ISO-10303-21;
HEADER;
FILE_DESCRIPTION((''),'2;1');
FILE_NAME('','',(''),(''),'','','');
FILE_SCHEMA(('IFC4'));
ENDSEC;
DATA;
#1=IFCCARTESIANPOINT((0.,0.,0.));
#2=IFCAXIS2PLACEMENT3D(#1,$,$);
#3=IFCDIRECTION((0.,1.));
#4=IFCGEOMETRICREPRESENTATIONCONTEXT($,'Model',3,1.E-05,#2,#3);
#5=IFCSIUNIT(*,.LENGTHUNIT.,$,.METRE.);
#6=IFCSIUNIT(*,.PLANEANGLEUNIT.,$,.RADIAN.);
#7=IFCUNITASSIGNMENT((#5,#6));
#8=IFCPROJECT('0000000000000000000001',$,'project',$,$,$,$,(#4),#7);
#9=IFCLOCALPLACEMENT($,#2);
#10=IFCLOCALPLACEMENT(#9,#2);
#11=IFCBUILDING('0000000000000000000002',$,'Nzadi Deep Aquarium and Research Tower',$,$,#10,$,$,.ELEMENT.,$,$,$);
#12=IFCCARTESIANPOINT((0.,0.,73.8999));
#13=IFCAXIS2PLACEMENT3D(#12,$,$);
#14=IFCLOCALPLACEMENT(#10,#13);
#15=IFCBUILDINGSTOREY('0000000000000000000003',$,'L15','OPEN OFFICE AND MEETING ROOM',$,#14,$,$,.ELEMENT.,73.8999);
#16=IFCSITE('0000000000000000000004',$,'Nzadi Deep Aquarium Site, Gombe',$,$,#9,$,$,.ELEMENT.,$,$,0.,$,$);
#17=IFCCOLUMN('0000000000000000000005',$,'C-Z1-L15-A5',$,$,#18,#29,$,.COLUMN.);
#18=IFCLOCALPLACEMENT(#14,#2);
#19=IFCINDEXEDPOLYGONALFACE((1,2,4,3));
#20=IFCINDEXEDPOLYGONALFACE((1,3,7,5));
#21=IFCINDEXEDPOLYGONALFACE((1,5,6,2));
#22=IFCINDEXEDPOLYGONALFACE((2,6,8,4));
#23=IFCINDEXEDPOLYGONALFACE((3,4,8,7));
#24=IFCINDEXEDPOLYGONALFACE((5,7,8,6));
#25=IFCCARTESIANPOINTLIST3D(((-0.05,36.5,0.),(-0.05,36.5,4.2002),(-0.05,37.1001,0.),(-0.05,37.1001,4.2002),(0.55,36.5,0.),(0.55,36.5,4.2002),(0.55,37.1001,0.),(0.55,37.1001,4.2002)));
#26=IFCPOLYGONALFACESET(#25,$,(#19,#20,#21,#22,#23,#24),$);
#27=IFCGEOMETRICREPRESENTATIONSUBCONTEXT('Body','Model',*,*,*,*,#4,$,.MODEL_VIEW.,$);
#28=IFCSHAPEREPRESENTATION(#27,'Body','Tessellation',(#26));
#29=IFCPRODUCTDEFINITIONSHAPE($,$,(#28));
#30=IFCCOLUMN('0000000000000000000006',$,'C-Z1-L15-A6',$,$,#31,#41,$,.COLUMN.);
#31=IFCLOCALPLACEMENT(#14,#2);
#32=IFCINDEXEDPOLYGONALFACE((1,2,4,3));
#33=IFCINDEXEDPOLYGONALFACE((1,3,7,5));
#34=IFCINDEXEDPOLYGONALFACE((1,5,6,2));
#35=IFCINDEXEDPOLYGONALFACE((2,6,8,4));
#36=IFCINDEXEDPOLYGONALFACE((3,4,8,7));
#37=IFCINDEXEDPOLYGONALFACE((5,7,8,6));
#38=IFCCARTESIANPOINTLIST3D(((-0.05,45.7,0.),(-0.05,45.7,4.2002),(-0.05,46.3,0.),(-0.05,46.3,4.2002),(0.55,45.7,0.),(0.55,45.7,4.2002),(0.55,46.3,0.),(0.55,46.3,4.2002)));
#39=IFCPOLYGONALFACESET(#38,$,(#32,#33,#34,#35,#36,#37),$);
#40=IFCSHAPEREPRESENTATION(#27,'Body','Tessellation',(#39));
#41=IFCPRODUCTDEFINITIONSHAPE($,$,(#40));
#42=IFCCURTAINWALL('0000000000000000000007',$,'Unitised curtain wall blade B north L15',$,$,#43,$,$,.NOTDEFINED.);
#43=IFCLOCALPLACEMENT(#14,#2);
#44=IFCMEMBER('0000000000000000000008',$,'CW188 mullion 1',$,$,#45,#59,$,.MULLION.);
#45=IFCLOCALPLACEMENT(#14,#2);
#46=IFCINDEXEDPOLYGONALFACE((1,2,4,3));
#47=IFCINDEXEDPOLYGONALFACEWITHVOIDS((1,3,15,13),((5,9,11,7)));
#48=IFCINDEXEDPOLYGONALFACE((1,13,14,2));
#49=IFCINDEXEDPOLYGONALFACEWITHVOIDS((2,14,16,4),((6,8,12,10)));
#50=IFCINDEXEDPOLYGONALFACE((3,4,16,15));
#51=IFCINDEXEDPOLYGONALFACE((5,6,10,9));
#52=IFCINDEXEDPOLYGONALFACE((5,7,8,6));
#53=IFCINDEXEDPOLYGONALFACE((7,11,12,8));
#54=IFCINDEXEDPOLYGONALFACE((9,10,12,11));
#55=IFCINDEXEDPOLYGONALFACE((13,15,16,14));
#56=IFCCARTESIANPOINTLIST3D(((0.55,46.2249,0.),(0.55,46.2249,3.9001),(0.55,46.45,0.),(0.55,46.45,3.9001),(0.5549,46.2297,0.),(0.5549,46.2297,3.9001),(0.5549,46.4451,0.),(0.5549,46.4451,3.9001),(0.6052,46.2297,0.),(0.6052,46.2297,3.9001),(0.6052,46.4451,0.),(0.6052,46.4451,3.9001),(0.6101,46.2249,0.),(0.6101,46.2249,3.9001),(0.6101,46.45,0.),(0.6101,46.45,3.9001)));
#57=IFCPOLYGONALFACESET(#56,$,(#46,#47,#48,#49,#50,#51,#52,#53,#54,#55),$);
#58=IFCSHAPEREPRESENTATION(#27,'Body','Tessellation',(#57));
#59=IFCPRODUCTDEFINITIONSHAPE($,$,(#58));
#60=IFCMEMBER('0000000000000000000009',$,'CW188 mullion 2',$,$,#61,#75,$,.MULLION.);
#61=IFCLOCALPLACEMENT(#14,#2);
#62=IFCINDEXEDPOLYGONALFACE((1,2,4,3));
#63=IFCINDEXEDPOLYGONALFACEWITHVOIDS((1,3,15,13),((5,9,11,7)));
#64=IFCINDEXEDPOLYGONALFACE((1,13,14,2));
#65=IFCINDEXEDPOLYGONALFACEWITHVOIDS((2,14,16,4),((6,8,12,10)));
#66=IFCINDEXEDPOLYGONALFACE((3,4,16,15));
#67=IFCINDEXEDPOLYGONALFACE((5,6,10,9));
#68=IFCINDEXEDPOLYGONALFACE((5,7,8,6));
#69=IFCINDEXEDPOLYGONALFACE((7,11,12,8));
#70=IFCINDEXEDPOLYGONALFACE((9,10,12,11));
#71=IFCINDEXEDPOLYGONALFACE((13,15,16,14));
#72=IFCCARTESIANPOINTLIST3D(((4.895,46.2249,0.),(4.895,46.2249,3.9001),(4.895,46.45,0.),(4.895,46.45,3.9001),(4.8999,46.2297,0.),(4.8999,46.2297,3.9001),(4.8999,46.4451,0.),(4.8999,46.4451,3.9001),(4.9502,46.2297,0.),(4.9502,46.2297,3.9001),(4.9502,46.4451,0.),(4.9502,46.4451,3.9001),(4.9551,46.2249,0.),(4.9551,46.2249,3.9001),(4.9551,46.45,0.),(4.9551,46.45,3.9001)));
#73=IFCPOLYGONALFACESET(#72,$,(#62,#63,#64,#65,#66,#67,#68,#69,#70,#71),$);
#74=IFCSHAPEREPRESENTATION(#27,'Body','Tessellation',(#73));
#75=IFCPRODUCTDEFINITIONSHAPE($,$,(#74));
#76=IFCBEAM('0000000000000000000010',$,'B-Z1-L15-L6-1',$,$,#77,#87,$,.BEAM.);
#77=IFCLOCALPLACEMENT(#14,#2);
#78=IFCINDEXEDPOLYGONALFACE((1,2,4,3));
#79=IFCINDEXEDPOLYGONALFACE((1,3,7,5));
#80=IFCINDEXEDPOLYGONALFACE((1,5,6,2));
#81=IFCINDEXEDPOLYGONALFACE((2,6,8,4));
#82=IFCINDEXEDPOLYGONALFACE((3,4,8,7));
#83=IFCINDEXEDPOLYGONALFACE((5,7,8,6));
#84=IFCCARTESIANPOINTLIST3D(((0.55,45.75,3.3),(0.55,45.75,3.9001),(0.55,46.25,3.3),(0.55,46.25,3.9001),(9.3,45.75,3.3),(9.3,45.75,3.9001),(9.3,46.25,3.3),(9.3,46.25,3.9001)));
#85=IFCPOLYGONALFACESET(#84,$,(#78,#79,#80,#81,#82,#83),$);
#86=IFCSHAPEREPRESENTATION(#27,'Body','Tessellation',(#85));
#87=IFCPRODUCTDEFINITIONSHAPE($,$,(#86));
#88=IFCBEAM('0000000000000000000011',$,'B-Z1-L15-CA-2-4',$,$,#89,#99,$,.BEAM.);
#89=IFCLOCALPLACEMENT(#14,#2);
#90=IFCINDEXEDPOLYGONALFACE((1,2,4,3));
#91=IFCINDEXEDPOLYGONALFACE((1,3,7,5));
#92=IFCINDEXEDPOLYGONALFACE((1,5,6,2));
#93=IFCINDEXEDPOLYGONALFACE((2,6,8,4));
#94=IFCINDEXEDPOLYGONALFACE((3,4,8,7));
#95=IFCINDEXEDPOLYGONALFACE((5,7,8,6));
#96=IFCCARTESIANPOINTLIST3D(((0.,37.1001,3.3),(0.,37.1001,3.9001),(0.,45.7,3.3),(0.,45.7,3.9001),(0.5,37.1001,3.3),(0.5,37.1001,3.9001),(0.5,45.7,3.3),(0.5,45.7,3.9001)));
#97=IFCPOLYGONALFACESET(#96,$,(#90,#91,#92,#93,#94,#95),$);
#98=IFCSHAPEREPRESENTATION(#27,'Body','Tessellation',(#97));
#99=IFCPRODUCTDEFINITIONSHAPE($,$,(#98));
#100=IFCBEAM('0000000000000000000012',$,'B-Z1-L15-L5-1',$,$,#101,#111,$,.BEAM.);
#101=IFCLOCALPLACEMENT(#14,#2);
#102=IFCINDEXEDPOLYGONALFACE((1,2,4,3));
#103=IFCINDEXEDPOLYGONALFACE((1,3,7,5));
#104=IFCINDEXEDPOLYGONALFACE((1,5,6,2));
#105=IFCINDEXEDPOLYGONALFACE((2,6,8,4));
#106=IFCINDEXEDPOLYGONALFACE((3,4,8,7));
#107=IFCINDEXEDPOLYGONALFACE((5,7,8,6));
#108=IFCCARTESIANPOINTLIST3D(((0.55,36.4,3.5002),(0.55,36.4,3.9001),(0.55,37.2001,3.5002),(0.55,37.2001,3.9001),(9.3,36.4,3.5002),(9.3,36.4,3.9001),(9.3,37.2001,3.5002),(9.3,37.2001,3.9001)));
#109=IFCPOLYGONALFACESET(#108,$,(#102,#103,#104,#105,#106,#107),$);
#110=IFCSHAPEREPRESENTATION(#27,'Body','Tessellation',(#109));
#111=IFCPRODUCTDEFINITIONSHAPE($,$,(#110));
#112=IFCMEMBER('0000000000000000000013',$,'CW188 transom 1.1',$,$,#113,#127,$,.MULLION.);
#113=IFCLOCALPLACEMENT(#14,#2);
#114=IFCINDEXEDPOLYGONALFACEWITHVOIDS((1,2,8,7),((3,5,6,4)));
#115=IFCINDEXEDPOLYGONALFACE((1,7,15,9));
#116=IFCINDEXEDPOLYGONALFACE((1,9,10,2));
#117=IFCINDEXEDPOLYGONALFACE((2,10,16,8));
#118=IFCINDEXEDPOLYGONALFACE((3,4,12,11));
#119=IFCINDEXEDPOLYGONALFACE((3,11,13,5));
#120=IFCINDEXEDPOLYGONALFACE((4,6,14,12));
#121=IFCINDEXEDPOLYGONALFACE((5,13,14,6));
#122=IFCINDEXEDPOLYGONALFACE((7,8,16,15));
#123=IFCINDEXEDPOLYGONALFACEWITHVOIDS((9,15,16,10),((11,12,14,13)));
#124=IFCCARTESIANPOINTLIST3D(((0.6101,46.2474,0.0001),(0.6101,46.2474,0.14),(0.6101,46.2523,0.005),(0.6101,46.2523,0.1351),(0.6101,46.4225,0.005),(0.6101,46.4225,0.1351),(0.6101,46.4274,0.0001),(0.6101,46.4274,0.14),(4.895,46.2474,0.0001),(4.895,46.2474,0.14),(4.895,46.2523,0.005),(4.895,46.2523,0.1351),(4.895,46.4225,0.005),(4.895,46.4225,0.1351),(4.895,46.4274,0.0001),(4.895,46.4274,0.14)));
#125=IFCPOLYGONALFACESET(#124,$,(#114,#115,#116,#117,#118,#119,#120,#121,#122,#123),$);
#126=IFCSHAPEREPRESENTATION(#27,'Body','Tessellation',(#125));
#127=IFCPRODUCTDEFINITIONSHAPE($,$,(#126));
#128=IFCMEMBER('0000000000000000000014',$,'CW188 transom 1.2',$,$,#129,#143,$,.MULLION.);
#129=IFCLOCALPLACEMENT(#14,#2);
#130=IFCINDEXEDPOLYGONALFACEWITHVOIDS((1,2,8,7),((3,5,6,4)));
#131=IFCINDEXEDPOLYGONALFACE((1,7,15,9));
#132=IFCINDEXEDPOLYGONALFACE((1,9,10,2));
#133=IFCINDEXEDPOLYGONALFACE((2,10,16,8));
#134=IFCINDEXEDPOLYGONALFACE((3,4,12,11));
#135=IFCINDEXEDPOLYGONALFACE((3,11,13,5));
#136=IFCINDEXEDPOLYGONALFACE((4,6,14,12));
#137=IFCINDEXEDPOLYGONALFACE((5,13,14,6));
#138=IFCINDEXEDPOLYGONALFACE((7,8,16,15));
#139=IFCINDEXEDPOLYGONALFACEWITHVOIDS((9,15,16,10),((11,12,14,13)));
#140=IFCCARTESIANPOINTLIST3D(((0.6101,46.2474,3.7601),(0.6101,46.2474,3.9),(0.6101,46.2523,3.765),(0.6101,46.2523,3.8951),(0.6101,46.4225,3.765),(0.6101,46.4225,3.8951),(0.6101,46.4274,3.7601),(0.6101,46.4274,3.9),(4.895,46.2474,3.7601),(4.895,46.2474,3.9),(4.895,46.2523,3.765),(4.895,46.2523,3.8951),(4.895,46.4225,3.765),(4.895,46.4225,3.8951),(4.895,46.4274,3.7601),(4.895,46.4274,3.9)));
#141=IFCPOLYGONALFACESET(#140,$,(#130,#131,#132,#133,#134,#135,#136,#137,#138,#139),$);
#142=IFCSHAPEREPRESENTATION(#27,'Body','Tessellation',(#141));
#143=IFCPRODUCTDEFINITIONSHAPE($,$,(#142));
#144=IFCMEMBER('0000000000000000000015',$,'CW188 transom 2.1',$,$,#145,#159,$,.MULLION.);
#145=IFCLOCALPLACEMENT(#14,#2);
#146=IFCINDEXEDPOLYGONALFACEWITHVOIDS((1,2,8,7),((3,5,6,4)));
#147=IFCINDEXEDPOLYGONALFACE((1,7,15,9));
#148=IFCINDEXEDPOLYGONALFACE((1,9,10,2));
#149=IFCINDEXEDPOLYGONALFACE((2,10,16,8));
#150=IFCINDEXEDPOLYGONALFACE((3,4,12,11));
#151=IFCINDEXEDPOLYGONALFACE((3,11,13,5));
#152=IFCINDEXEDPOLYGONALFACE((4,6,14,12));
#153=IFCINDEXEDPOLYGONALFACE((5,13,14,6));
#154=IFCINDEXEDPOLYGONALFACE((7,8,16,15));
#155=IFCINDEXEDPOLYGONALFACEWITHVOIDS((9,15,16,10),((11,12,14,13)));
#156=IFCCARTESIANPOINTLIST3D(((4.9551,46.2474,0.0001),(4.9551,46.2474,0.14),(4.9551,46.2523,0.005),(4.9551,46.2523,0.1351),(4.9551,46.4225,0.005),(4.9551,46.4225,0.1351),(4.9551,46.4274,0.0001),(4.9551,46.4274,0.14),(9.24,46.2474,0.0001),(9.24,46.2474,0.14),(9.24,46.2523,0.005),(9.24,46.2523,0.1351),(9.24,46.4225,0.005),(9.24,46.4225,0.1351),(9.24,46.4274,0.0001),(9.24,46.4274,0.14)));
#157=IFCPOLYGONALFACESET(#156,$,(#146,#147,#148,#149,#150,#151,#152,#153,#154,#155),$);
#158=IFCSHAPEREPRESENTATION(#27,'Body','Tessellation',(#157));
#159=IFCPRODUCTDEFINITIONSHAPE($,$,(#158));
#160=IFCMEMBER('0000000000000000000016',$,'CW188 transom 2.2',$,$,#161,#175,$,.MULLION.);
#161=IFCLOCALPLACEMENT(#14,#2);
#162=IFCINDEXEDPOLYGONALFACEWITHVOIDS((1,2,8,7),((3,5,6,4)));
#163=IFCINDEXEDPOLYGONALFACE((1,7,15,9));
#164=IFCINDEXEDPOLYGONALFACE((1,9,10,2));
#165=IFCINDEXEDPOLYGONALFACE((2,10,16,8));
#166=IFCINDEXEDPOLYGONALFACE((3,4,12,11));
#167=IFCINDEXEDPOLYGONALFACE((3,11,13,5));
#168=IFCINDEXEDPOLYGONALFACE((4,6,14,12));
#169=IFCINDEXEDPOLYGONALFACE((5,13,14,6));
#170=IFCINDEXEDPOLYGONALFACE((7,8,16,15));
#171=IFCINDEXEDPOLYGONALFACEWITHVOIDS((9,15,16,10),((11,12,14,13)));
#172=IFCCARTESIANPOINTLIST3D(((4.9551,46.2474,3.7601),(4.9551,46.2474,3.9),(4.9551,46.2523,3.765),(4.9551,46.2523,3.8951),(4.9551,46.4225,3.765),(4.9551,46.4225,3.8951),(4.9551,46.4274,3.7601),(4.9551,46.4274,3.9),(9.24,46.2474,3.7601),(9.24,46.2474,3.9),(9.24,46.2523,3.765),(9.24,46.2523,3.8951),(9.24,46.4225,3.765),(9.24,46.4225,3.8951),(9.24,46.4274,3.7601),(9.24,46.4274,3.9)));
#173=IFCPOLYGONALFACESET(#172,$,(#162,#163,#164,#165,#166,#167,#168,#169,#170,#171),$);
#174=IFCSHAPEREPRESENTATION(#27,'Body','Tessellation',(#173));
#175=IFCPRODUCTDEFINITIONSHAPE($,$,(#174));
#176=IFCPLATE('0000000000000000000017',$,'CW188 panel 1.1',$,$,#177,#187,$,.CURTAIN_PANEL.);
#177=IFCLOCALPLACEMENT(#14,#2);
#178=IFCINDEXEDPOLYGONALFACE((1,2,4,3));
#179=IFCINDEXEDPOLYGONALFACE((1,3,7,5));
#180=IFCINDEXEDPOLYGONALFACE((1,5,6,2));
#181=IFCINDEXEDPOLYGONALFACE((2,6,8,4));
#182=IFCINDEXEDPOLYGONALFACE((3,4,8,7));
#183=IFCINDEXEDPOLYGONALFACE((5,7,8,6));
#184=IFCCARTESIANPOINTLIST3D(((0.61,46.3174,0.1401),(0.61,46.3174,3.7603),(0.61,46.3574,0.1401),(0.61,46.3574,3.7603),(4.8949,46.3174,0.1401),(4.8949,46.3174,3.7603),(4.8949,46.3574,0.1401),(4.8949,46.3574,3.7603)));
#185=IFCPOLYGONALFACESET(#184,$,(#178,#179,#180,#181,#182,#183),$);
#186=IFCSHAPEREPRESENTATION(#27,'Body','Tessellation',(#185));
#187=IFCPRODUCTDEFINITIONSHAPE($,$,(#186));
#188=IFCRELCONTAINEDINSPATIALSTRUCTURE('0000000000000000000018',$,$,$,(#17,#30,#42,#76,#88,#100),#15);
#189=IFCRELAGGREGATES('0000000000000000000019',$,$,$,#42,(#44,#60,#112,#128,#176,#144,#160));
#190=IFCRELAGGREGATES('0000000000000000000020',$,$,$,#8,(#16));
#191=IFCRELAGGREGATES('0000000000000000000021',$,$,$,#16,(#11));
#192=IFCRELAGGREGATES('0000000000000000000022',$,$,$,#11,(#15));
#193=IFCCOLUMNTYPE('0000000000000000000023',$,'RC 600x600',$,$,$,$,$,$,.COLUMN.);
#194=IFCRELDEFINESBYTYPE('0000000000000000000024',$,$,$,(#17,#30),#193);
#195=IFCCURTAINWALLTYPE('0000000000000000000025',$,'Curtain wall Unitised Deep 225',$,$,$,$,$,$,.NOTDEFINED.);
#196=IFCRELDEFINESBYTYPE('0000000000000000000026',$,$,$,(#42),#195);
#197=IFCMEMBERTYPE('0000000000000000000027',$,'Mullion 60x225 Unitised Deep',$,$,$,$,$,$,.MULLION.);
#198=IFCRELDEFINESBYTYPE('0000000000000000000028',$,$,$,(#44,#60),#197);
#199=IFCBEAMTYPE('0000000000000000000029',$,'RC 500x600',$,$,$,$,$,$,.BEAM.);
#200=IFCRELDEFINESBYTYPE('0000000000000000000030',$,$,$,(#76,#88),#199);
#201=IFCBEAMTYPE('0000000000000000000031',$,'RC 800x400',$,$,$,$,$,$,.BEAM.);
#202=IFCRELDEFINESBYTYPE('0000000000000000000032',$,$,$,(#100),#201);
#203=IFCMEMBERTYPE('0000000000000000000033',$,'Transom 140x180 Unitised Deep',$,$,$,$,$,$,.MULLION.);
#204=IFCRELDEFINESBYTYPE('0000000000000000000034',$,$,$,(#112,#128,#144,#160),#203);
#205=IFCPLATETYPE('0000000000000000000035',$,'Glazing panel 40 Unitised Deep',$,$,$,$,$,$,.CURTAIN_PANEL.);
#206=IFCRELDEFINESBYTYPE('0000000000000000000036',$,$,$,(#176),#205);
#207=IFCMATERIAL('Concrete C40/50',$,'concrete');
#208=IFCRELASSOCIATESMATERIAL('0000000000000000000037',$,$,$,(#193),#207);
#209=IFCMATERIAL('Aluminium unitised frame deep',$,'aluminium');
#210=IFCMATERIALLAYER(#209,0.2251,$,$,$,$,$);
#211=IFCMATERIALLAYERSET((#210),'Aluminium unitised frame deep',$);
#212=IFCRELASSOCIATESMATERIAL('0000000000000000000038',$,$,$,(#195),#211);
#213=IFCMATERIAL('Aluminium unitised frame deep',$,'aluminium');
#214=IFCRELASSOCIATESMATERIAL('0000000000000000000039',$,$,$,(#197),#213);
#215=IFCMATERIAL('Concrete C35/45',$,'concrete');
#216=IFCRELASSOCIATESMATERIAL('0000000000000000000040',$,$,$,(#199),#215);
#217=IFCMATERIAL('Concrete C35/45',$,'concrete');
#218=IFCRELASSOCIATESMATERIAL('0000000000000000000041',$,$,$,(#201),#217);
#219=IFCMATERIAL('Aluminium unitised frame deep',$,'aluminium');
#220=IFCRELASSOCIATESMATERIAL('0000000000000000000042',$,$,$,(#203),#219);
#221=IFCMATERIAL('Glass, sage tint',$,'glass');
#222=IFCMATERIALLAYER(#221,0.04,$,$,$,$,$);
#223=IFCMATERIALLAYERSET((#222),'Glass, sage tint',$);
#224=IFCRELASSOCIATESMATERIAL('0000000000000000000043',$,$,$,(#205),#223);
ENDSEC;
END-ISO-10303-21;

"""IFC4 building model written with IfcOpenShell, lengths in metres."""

from ifc_helpers import new_model, si_unit, direction, frame, origin, origin_2d, place, context, subcontext, project, spatial, rectangle, hollow_rectangle, extrude, material, layer, layer_set, material_profile, profile_set, type_object, element, aggregate, save


model = new_model("IFC4")

# Units and contexts
model_context = context("Model", 3, precision=1e-05, world=origin(), true_north=direction((0.0, 1.0)))
body_context = subcontext(model_context, "Body", "Model", "MODEL_VIEW")
ifc_project = project(units=[si_unit("LENGTHUNIT", "METRE"), si_unit("PLANEANGLEUNIT", "RADIAN")], contexts=[model_context])

# Site, building, storey
site_placement = place(None, origin())
site = spatial("IfcSite", under=ifc_project, at=site_placement, Name="Nzadi Deep Aquarium Site, Gombe", CompositionType="ELEMENT", RefElevation=0.0)
building_placement = place(site_placement, origin())
building = spatial("IfcBuilding", under=site, at=building_placement, Name="Nzadi Deep Aquarium and Research Tower", CompositionType="ELEMENT")
storey_placement = place(building_placement, frame((0.0, 0.0, 73.8999)))
storey = spatial("IfcBuildingStorey", under=building, at=storey_placement, Name="L15", Description="OPEN OFFICE AND MEETING ROOM", CompositionType="ELEMENT", Elevation=73.8999)

# Columns
ifc_material_1 = material(Name="Concrete C40/50", Category="concrete")
ifc_material_profile_1 = material_profile(ifc_material_1, rectangle(XDim=0.6001, YDim=0.6001, at=origin_2d()))
ifc_profile_set_1 = profile_set([ifc_material_profile_1], Name="Concrete C40/50")
column_type = type_object("IfcColumnType", Name="RC 600x600", PredefinedType="COLUMN", material=ifc_profile_set_1)
for number, where, z_axis, x_axis, name in (
    (1, (0.25, 36.8, 0.0), (0.0, 0.0, 1.0), (1.0, 0.0, 0.0), "C-Z1-L15-A5"),
    (2, (0.25, 46.0, 0.0), (0.0, 0.0, 1.0), (1.0, 0.0, 0.0), "C-Z1-L15-A6"),
):
    element("IfcColumn", number, at=place(storey_placement, frame(where, z_axis=z_axis, x_axis=x_axis)), inside=storey, type_object=column_type, Name=name, PredefinedType="COLUMN", context=body_context, shape_type="SweptSolid", body=[
        extrude(rectangle(XDim=0.6001, YDim=0.6001, at=origin_2d()), origin(), (0.0, 0.0, 1.0), 4.2002),
    ])

# Curtain wall, members
ifc_material_2 = material(Name="Aluminium unitised frame deep", Category="aluminium")
ifc_layer_1 = layer(ifc_material_2, 0.2251)
ifc_layer_set_1 = layer_set([ifc_layer_1], Name="Aluminium unitised frame deep")
curtain_wall_type = type_object("IfcCurtainWallType", Name="Curtain wall Unitised Deep 225", PredefinedType="NOTDEFINED", material=ifc_layer_set_1)
curtain_wall_placement = place(storey_placement, origin())
curtain_wall = element("IfcCurtainWall", 3, at=curtain_wall_placement, inside=storey, type_object=curtain_wall_type, Name="Unitised curtain wall blade B north L15", PredefinedType="NOTDEFINED")
ifc_material_3 = material(Name="Aluminium unitised frame deep", Category="aluminium")
ifc_material_profile_2 = material_profile(ifc_material_3, hollow_rectangle(XDim=0.2251, YDim=0.0601, WallThickness=0.0049, at=origin_2d()))
ifc_profile_set_2 = profile_set([ifc_material_profile_2], Name="Aluminium unitised frame deep")
member_type_1 = type_object("IfcMemberType", Name="Mullion 60x225 Unitised Deep", PredefinedType="MULLION", material=ifc_profile_set_2)
member_1_placement = place(storey_placement, frame((0.5801, 46.3374, 0.0), z_axis=(0.0, 0.0, 1.0), x_axis=(0.0, 1.0, 0.0)))
member_1 = element("IfcMember", 4, at=member_1_placement, type_object=member_type_1, Name="CW188 mullion 1", PredefinedType="MULLION", context=body_context, shape_type="SweptSolid", body=[
    extrude(hollow_rectangle(XDim=0.2251, YDim=0.0601, WallThickness=0.0049, at=origin_2d()), origin(), (0.0, 0.0, 1.0), 3.9001),
])
member_2_placement = place(storey_placement, frame((4.925, 46.3374, 0.0), z_axis=(0.0, 0.0, 1.0), x_axis=(0.0, 1.0, 0.0)))
member_2 = element("IfcMember", 5, at=member_2_placement, type_object=member_type_1, Name="CW188 mullion 2", PredefinedType="MULLION", context=body_context, shape_type="SweptSolid", body=[
    extrude(hollow_rectangle(XDim=0.2251, YDim=0.0601, WallThickness=0.0049, at=origin_2d()), origin(), (0.0, 0.0, 1.0), 3.9001),
])

# Beams
ifc_material_4 = material(Name="Concrete C35/45", Category="concrete")
ifc_material_profile_3 = material_profile(ifc_material_4, rectangle(XDim=0.5, YDim=0.6001, at=origin_2d()))
ifc_profile_set_3 = profile_set([ifc_material_profile_3], Name="Concrete C35/45")
beam_type_1 = type_object("IfcBeamType", Name="RC 500x600", PredefinedType="BEAM", material=ifc_profile_set_3)
beam_1_placement = place(storey_placement, frame((0.55, 46.0, 3.6001), z_axis=(1.0, 0.0, 0.0), x_axis=(0.0, 1.0, 0.0)))
element("IfcBeam", 6, at=beam_1_placement, inside=storey, type_object=beam_type_1, Name="B-Z1-L15-L6-1", PredefinedType="BEAM", context=body_context, shape_type="SweptSolid", body=[
    extrude(rectangle(XDim=0.5, YDim=0.6001, at=origin_2d()), origin(), (0.0, 0.0, 1.0), 8.75),
])
beam_2_placement = place(storey_placement, frame((0.25, 37.1001, 3.6001), z_axis=(0.0, 1.0, 0.0), x_axis=(-1.0, 0.0, 0.0)))
element("IfcBeam", 7, at=beam_2_placement, inside=storey, type_object=beam_type_1, Name="B-Z1-L15-CA-2-4", PredefinedType="BEAM", context=body_context, shape_type="SweptSolid", body=[
    extrude(rectangle(XDim=0.5, YDim=0.6001, at=origin_2d()), origin(), (0.0, 0.0, 1.0), 8.5999),
])
ifc_material_5 = material(Name="Concrete C35/45", Category="concrete")
ifc_material_profile_4 = material_profile(ifc_material_5, rectangle(XDim=0.8, YDim=0.3999, at=origin_2d()))
ifc_profile_set_4 = profile_set([ifc_material_profile_4], Name="Concrete C35/45")
beam_type_2 = type_object("IfcBeamType", Name="RC 800x400", PredefinedType="BEAM", material=ifc_profile_set_4)
beam_3_placement = place(storey_placement, frame((0.55, 36.8, 3.7002), z_axis=(1.0, 0.0, 0.0), x_axis=(0.0, 1.0, 0.0)))
element("IfcBeam", 8, at=beam_3_placement, inside=storey, type_object=beam_type_2, Name="B-Z1-L15-L5-1", PredefinedType="BEAM", context=body_context, shape_type="SweptSolid", body=[
    extrude(rectangle(XDim=0.8, YDim=0.3999, at=origin_2d()), origin(), (0.0, 0.0, 1.0), 8.75),
])

# Members
ifc_material_6 = material(Name="Aluminium unitised frame deep", Category="aluminium")
ifc_material_profile_5 = material_profile(ifc_material_6, hollow_rectangle(XDim=0.1799, YDim=0.1399, WallThickness=0.0049, at=origin_2d()))
ifc_profile_set_5 = profile_set([ifc_material_profile_5], Name="Aluminium unitised frame deep")
member_type_2 = type_object("IfcMemberType", Name="Transom 140x180 Unitised Deep", PredefinedType="MULLION", material=ifc_profile_set_5)
member_3_placement = place(storey_placement, frame((0.6101, 46.3374, 0.0701), z_axis=(1.0, 0.0, 0.0), x_axis=(0.0, 1.0, 0.0)))
member_3 = element("IfcMember", 9, at=member_3_placement, type_object=member_type_2, Name="CW188 transom 1.1", PredefinedType="MULLION", context=body_context, shape_type="SweptSolid", body=[
    extrude(hollow_rectangle(XDim=0.1799, YDim=0.1399, WallThickness=0.0049, at=origin_2d()), origin(), (0.0, 0.0, 1.0), 4.2849),
])
member_4_placement = place(storey_placement, frame((0.6101, 46.3374, 3.8301), z_axis=(1.0, 0.0, 0.0), x_axis=(0.0, 1.0, 0.0)))
member_4 = element("IfcMember", 10, at=member_4_placement, type_object=member_type_2, Name="CW188 transom 1.2", PredefinedType="MULLION", context=body_context, shape_type="SweptSolid", body=[
    extrude(hollow_rectangle(XDim=0.1799, YDim=0.1399, WallThickness=0.0049, at=origin_2d()), origin(), (0.0, 0.0, 1.0), 4.2849),
])
member_5_placement = place(storey_placement, frame((4.9551, 46.3374, 0.0701), z_axis=(1.0, 0.0, 0.0), x_axis=(0.0, 1.0, 0.0)))
member_5 = element("IfcMember", 11, at=member_5_placement, type_object=member_type_2, Name="CW188 transom 2.1", PredefinedType="MULLION", context=body_context, shape_type="SweptSolid", body=[
    extrude(hollow_rectangle(XDim=0.1799, YDim=0.1399, WallThickness=0.0049, at=origin_2d()), origin(), (0.0, 0.0, 1.0), 4.2849),
])
member_6_placement = place(storey_placement, frame((4.9551, 46.3374, 3.8301), z_axis=(1.0, 0.0, 0.0), x_axis=(0.0, 1.0, 0.0)))
member_6 = element("IfcMember", 12, at=member_6_placement, type_object=member_type_2, Name="CW188 transom 2.2", PredefinedType="MULLION", context=body_context, shape_type="SweptSolid", body=[
    extrude(hollow_rectangle(XDim=0.1799, YDim=0.1399, WallThickness=0.0049, at=origin_2d()), origin(), (0.0, 0.0, 1.0), 4.2849),
])

# Plate
ifc_material_7 = material(Name="Glass, sage tint", Category="glass")
ifc_layer_2 = layer(ifc_material_7, 0.04)
ifc_layer_set_2 = layer_set([ifc_layer_2], Name="Glass, sage tint")
plate_type = type_object("IfcPlateType", Name="Glazing panel 40 Unitised Deep", PredefinedType="CURTAIN_PANEL", material=ifc_layer_set_2)
plate_1_placement = place(storey_placement, frame((2.7524, 46.3374, 0.1401), z_axis=(0.0, 0.0, 1.0), x_axis=(1.0, 0.0, 0.0)))
plate_1 = element("IfcPlate", 13, at=plate_1_placement, type_object=plate_type, Name="CW188 panel 1.1", PredefinedType="CURTAIN_PANEL", context=body_context, shape_type="SweptSolid", body=[
    extrude(rectangle(XDim=4.2849, YDim=0.04, at=origin_2d()), origin(), (0.0, 0.0, 1.0), 3.6201),
])
aggregate(curtain_wall, [member_1, member_2, member_3, member_4, plate_1, member_5, member_6])

save(model, "model.ifc")
